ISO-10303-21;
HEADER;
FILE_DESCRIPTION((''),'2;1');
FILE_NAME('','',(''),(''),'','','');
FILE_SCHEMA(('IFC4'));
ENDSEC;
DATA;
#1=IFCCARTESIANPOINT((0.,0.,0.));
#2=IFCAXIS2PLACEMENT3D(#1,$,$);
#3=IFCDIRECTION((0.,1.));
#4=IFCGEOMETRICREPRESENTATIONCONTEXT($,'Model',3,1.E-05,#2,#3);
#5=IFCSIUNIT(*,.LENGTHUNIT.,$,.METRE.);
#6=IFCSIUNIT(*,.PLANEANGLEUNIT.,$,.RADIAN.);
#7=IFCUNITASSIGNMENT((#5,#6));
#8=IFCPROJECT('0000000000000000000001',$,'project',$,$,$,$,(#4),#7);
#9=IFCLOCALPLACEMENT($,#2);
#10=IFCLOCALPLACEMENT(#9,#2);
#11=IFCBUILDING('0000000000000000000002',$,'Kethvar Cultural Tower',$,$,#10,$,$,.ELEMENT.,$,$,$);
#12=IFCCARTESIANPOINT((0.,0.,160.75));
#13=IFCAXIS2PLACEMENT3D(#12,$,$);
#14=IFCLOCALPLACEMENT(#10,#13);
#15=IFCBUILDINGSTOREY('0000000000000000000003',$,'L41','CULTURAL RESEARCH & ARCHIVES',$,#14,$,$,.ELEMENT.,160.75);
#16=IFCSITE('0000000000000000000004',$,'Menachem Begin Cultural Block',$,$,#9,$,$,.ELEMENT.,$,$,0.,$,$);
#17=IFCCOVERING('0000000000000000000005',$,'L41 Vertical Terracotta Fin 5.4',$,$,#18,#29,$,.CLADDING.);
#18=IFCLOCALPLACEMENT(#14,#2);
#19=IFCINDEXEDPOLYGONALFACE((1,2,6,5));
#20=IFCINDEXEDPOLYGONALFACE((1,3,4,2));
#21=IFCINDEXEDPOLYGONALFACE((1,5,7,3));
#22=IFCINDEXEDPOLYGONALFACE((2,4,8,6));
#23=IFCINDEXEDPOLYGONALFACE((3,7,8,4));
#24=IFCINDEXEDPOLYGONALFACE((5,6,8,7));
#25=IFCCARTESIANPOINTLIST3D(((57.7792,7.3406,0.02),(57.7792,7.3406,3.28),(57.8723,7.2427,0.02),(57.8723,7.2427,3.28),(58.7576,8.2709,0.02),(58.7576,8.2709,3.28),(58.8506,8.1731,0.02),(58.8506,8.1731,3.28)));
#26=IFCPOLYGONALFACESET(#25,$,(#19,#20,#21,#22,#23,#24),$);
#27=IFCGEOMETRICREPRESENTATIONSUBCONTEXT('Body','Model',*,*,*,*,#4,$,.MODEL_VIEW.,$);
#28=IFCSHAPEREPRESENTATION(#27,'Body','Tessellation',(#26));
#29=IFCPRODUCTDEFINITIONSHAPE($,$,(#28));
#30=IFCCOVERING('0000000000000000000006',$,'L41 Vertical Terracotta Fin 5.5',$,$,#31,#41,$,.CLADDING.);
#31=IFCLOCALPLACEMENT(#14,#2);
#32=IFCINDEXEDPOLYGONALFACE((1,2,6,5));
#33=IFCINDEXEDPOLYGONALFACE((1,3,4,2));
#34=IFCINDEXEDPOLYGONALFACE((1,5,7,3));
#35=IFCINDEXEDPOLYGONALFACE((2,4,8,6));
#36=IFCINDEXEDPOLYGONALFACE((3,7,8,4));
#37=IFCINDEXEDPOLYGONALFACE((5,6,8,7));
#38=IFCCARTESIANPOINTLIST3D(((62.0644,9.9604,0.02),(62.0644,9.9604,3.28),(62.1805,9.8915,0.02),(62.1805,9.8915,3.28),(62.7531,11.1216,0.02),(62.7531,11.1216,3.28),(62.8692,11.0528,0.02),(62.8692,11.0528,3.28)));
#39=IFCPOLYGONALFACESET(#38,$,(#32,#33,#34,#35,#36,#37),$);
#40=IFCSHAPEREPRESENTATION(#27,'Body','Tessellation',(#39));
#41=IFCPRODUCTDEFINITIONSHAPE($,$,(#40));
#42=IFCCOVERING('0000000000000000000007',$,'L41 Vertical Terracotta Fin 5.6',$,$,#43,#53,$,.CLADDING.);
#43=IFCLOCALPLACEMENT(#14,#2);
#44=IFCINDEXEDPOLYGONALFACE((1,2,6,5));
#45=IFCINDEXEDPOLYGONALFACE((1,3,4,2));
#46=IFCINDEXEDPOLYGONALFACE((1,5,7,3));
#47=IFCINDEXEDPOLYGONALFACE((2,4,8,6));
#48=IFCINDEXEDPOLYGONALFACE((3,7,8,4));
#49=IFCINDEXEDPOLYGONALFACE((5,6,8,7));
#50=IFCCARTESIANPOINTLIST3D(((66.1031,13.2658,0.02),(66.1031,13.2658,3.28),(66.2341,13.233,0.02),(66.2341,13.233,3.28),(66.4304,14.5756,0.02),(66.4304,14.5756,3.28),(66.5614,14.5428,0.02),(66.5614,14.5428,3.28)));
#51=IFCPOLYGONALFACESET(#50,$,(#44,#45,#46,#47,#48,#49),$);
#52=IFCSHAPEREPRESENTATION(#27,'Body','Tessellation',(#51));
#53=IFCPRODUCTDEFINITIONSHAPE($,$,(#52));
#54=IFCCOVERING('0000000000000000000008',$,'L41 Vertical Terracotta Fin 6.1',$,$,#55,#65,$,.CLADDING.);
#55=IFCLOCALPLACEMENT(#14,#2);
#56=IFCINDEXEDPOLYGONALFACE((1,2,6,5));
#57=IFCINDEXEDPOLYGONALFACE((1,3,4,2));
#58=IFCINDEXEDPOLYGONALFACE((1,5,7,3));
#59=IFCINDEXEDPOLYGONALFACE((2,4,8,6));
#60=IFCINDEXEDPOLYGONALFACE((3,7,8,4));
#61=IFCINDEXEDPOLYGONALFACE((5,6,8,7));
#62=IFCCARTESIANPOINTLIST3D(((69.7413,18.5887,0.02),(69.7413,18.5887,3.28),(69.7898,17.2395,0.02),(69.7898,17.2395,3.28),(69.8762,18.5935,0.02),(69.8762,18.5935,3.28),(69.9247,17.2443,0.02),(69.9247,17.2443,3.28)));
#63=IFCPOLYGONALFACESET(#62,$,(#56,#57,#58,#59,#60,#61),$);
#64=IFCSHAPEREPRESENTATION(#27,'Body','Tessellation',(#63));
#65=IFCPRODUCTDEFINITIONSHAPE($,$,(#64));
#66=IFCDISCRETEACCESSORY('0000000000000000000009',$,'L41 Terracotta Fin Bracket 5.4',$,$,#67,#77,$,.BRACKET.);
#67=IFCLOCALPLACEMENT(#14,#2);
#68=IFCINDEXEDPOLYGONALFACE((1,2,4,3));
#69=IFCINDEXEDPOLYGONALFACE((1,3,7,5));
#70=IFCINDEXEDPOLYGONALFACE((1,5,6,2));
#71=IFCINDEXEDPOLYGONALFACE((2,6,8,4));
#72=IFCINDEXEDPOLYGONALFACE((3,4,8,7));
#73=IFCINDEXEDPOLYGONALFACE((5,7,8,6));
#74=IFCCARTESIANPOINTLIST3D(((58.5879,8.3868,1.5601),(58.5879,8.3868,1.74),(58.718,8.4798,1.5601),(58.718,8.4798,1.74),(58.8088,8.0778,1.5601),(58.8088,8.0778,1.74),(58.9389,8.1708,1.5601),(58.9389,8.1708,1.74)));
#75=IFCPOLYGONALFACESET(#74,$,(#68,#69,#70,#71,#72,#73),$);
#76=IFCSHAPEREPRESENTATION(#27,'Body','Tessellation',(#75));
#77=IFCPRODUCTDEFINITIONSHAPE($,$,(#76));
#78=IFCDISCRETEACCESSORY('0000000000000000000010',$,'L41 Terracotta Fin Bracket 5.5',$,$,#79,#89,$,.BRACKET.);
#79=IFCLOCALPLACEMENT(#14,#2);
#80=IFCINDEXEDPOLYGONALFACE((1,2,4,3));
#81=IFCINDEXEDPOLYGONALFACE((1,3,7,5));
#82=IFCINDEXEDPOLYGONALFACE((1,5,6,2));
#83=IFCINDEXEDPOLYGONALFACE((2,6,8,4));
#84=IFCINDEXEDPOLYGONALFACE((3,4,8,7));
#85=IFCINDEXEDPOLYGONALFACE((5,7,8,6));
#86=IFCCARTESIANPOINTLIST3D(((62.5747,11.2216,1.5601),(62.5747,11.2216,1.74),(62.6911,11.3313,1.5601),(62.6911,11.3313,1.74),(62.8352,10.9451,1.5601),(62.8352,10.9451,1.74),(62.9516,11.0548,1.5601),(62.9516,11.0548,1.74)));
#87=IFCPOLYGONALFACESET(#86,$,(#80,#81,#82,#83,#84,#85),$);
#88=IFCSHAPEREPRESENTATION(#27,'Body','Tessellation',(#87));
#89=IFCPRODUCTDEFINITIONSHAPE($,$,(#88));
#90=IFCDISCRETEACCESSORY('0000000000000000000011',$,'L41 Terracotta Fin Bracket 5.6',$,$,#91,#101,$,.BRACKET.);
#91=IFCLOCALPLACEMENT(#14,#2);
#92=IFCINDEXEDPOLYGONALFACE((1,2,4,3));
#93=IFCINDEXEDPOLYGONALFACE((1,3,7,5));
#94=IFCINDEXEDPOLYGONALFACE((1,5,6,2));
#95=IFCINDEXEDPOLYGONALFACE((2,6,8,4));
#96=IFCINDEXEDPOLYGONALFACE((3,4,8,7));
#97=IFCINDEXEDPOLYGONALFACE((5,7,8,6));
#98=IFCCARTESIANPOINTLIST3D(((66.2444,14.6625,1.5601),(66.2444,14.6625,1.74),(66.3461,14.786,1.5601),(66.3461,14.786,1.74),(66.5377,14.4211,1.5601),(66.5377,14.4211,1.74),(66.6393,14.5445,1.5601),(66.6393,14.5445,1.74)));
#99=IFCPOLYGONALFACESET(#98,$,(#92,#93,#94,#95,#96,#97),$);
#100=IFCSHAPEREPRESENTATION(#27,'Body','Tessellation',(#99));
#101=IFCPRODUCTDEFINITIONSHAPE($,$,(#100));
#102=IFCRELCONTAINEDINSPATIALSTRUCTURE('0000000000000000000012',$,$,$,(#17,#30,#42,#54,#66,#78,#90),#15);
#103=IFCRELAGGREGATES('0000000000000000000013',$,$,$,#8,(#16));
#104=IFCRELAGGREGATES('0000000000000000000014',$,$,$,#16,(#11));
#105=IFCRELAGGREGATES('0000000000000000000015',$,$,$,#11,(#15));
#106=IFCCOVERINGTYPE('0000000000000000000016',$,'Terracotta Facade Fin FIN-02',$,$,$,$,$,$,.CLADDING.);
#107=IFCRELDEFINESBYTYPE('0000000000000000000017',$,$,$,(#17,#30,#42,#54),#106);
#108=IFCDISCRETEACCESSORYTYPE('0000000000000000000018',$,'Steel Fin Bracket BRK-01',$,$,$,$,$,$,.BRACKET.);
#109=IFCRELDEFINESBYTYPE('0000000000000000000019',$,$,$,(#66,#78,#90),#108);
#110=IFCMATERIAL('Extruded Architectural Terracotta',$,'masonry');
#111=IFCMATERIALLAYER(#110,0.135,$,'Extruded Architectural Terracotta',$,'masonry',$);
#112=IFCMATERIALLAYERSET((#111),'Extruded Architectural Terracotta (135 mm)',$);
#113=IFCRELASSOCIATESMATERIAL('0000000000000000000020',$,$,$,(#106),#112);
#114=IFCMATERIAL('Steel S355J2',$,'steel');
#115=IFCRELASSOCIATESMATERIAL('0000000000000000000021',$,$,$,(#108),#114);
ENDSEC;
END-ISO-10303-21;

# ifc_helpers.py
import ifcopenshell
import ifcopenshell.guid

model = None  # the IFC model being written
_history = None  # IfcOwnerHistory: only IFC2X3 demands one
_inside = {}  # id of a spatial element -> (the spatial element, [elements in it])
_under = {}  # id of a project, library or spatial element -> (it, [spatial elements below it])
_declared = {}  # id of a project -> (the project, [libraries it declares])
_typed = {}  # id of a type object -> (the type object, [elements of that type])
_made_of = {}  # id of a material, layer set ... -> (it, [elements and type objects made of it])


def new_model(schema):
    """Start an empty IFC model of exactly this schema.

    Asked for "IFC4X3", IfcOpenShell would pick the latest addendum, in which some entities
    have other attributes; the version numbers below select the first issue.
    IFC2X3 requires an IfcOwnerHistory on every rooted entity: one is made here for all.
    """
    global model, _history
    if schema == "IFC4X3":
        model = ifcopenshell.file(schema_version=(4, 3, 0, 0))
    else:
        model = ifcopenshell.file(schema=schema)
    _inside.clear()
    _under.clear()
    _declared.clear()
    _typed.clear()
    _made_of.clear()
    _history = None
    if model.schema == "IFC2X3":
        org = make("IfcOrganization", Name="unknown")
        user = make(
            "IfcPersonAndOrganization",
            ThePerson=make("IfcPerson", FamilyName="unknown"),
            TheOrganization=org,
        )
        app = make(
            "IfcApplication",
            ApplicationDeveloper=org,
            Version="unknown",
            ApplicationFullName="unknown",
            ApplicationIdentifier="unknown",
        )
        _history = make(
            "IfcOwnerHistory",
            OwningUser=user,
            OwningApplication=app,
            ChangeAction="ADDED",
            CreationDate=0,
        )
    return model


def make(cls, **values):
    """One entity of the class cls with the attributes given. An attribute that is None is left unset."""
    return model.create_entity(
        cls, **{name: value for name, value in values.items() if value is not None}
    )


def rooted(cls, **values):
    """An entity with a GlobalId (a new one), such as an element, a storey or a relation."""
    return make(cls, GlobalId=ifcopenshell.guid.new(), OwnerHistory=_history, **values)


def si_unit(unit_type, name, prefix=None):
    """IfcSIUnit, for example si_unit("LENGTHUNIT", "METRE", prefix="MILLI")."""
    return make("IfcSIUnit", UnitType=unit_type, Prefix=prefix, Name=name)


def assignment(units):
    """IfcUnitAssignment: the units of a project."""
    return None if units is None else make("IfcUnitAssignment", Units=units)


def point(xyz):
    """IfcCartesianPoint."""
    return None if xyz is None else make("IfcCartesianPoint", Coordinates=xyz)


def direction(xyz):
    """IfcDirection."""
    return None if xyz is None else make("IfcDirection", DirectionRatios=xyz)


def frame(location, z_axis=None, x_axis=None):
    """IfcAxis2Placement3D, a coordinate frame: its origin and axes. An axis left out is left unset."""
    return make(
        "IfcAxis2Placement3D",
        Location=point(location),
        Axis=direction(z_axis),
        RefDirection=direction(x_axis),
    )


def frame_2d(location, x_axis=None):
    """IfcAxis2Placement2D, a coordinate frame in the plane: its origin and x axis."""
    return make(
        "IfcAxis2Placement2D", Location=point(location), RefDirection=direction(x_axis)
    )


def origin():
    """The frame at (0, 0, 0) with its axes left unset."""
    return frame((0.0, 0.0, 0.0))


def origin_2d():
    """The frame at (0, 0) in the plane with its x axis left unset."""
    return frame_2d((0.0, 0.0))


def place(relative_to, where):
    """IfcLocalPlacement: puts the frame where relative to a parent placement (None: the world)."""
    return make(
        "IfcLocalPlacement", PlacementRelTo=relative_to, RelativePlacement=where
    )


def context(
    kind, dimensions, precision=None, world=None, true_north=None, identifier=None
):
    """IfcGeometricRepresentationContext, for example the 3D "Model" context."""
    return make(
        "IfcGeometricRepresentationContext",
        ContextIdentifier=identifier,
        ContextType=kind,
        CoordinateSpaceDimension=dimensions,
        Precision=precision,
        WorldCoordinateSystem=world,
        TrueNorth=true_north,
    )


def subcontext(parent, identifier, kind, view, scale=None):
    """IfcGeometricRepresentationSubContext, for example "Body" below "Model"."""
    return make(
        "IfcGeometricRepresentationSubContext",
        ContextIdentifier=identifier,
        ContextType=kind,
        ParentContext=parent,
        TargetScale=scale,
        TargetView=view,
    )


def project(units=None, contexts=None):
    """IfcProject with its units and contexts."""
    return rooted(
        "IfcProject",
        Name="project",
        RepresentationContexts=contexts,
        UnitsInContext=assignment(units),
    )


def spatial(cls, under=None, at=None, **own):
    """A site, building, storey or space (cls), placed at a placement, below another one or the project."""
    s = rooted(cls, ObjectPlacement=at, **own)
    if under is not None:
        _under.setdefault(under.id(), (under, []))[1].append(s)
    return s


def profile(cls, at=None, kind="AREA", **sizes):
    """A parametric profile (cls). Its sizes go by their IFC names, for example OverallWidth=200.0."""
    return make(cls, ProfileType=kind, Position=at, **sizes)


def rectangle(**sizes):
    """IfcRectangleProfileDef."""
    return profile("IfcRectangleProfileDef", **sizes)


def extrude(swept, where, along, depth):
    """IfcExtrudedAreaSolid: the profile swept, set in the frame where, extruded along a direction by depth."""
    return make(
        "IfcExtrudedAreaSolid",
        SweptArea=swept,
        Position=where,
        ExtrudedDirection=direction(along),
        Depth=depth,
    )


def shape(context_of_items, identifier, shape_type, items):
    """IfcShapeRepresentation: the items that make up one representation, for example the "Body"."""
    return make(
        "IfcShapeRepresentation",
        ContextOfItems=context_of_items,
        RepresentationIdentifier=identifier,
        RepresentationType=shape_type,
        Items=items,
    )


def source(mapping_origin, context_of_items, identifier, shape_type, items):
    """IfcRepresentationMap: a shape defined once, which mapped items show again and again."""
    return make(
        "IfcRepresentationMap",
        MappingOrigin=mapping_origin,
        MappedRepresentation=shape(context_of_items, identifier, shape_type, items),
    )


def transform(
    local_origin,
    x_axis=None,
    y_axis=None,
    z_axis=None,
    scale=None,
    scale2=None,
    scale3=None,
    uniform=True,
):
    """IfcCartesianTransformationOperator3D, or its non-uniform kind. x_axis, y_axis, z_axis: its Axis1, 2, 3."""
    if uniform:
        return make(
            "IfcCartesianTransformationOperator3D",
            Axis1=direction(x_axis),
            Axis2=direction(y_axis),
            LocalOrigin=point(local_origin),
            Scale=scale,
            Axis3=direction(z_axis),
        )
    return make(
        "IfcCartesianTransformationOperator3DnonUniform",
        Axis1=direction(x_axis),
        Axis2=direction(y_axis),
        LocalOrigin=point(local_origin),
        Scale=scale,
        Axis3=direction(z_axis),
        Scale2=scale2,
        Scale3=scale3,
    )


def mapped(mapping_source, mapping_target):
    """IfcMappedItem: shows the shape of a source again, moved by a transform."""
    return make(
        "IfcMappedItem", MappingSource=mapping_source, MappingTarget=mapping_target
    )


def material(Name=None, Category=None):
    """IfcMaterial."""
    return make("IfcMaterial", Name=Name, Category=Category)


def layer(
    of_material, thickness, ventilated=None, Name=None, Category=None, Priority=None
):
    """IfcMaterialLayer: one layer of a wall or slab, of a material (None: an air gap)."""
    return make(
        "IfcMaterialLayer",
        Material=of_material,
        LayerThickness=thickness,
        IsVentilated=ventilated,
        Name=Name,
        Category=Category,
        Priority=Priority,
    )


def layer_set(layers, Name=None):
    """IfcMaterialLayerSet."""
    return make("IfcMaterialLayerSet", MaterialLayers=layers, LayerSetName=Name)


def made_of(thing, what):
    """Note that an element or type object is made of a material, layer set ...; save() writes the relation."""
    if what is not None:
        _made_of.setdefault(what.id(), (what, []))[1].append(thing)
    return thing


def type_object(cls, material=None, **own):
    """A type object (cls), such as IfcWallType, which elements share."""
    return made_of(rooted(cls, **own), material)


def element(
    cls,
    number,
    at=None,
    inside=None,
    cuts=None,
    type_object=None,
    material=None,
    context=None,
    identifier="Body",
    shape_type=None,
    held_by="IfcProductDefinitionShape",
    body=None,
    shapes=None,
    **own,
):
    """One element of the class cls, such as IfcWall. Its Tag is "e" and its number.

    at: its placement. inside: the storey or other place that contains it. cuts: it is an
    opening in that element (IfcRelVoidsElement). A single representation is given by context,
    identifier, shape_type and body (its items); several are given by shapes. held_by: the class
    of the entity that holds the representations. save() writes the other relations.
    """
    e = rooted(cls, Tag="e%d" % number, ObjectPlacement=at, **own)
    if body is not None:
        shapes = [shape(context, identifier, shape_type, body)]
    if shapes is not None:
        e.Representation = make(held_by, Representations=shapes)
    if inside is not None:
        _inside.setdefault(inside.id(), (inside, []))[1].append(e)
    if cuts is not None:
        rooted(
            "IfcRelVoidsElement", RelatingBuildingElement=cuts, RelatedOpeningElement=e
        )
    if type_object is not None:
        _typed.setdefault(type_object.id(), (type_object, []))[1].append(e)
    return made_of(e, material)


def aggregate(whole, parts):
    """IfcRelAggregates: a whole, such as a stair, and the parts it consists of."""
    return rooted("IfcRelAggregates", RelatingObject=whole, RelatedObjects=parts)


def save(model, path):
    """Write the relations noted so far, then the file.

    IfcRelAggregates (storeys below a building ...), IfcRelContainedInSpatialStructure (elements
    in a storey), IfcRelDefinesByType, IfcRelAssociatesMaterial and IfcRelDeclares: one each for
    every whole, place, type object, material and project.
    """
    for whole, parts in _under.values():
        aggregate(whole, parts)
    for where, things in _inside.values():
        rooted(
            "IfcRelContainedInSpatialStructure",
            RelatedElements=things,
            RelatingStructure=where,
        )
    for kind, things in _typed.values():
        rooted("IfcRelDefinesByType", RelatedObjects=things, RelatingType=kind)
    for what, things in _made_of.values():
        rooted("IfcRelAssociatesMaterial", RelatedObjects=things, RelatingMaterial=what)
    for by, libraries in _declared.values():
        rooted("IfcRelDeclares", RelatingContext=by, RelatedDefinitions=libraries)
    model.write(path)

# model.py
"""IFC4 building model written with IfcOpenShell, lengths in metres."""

from ifc_helpers import new_model, si_unit, direction, frame, origin, origin_2d, place, context, subcontext, project, spatial, rectangle, extrude, source, transform, mapped, material, layer, layer_set, type_object, element, save


model = new_model("IFC4")

# Units and contexts
model_context = context("Model", 3, precision=1e-05, world=origin(), true_north=direction((0.0, 1.0)))
body_context = subcontext(model_context, "Body", "Model", "MODEL_VIEW")
ifc_project = project(units=[si_unit("LENGTHUNIT", "METRE"), si_unit("PLANEANGLEUNIT", "RADIAN")], contexts=[model_context])

# Site, building, storey
site_placement = place(None, origin())
site = spatial("IfcSite", under=ifc_project, at=site_placement, Name="Menachem Begin Cultural Block", CompositionType="ELEMENT", RefElevation=0.0)
building_placement = place(site_placement, origin())
building = spatial("IfcBuilding", under=site, at=building_placement, Name="Kethvar Cultural Tower", CompositionType="ELEMENT")
storey_placement = place(building_placement, frame((0.0, 0.0, 160.75)))
storey = spatial("IfcBuildingStorey", under=building, at=storey_placement, Name="L41", Description="CULTURAL RESEARCH & ARCHIVES", CompositionType="ELEMENT", Elevation=160.75)

# Shared definitions
ifc_material_1 = material(Name="Steel S355J2", Category="steel")

# Coverings
ifc_material_2 = material(Name="Extruded Architectural Terracotta", Category="masonry")
ifc_layer_1 = layer(ifc_material_2, 0.135, Name="Extruded Architectural Terracotta", Category="masonry")
ifc_layer_set_1 = layer_set([ifc_layer_1], Name="Extruded Architectural Terracotta (135 mm)")
covering_type = type_object("IfcCoveringType", Name="Terracotta Facade Fin FIN-02", PredefinedType="CLADDING", material=ifc_layer_set_1)
shared_shape_1 = source(origin(), body_context, "Body", "SweptSolid", [
    extrude(rectangle(XDim=1.3501, YDim=0.135, at=origin_2d()), origin(), (0.0, 0.0, 1.0), 3.26),
])
for number, where, z_axis, x_axis, name in (
    (1, (58.3149, 7.7568, 0.02), (0.0, 0.0, 1.0), (-0.724653, -0.689114, 0.0), "L41 Vertical Terracotta Fin 5.4"),
    (2, (62.4668, 10.5066, 0.02), (0.0, 0.0, 1.0), (-0.510093, -0.860119, 0.0), "L41 Vertical Terracotta Fin 5.5"),
    (3, (66.3323, 13.9043, 0.02), (0.0, 0.0, 1.0), (-0.24243, -0.970169, 0.0), "L41 Vertical Terracotta Fin 5.6"),
    (4, (69.833, 17.9165, 0.02), (0.0, 0.0, 1.0), (0.035946, -0.999354, 0.0), "L41 Vertical Terracotta Fin 6.1"),
):
    element("IfcCovering", number, at=place(storey_placement, frame(where, z_axis=z_axis, x_axis=x_axis)), inside=storey, type_object=covering_type, Name=name, PredefinedType="CLADDING", context=body_context, shape_type="MappedRepresentation", body=[
        mapped(shared_shape_1, transform((0.0, 0.0, 0.0), scale=1.0)),
    ])

# Discrete accessories
discrete_accessory_type = type_object("IfcDiscreteAccessoryType", Name="Steel Fin Bracket BRK-01", PredefinedType="BRACKET", material=ifc_material_1)
shared_shape_2 = source(origin(), body_context, "Body", "SweptSolid", [
    extrude(rectangle(XDim=0.3799, YDim=0.1599, at=origin_2d()), origin(), (0.0, 0.0, 1.0), 0.1799),
])
for number, where, z_axis, x_axis, name in (
    (5, (58.7634, 8.2788, 1.5601), (0.0, 0.0, 1.0), (0.581555, -0.813507, 0.0), "L41 Terracotta Fin Bracket 5.4"),
    (6, (62.7632, 11.1382, 1.5601), (0.0, 0.0, 1.0), (0.685691, -0.727892, 0.0), "L41 Terracotta Fin Bracket 5.5"),
    (7, (66.4419, 14.6035, 1.5601), (0.0, 0.0, 1.0), (0.771958, -0.635674, 0.0), "L41 Terracotta Fin Bracket 5.6"),
):
    element("IfcDiscreteAccessory", number, at=place(storey_placement, frame(where, z_axis=z_axis, x_axis=x_axis)), inside=storey, type_object=discrete_accessory_type, Name=name, PredefinedType="BRACKET", context=body_context, shape_type="MappedRepresentation", body=[
        mapped(shared_shape_2, transform((0.0, 0.0, 0.0), scale=1.0)),
    ])

save(model, "model.ifc")
